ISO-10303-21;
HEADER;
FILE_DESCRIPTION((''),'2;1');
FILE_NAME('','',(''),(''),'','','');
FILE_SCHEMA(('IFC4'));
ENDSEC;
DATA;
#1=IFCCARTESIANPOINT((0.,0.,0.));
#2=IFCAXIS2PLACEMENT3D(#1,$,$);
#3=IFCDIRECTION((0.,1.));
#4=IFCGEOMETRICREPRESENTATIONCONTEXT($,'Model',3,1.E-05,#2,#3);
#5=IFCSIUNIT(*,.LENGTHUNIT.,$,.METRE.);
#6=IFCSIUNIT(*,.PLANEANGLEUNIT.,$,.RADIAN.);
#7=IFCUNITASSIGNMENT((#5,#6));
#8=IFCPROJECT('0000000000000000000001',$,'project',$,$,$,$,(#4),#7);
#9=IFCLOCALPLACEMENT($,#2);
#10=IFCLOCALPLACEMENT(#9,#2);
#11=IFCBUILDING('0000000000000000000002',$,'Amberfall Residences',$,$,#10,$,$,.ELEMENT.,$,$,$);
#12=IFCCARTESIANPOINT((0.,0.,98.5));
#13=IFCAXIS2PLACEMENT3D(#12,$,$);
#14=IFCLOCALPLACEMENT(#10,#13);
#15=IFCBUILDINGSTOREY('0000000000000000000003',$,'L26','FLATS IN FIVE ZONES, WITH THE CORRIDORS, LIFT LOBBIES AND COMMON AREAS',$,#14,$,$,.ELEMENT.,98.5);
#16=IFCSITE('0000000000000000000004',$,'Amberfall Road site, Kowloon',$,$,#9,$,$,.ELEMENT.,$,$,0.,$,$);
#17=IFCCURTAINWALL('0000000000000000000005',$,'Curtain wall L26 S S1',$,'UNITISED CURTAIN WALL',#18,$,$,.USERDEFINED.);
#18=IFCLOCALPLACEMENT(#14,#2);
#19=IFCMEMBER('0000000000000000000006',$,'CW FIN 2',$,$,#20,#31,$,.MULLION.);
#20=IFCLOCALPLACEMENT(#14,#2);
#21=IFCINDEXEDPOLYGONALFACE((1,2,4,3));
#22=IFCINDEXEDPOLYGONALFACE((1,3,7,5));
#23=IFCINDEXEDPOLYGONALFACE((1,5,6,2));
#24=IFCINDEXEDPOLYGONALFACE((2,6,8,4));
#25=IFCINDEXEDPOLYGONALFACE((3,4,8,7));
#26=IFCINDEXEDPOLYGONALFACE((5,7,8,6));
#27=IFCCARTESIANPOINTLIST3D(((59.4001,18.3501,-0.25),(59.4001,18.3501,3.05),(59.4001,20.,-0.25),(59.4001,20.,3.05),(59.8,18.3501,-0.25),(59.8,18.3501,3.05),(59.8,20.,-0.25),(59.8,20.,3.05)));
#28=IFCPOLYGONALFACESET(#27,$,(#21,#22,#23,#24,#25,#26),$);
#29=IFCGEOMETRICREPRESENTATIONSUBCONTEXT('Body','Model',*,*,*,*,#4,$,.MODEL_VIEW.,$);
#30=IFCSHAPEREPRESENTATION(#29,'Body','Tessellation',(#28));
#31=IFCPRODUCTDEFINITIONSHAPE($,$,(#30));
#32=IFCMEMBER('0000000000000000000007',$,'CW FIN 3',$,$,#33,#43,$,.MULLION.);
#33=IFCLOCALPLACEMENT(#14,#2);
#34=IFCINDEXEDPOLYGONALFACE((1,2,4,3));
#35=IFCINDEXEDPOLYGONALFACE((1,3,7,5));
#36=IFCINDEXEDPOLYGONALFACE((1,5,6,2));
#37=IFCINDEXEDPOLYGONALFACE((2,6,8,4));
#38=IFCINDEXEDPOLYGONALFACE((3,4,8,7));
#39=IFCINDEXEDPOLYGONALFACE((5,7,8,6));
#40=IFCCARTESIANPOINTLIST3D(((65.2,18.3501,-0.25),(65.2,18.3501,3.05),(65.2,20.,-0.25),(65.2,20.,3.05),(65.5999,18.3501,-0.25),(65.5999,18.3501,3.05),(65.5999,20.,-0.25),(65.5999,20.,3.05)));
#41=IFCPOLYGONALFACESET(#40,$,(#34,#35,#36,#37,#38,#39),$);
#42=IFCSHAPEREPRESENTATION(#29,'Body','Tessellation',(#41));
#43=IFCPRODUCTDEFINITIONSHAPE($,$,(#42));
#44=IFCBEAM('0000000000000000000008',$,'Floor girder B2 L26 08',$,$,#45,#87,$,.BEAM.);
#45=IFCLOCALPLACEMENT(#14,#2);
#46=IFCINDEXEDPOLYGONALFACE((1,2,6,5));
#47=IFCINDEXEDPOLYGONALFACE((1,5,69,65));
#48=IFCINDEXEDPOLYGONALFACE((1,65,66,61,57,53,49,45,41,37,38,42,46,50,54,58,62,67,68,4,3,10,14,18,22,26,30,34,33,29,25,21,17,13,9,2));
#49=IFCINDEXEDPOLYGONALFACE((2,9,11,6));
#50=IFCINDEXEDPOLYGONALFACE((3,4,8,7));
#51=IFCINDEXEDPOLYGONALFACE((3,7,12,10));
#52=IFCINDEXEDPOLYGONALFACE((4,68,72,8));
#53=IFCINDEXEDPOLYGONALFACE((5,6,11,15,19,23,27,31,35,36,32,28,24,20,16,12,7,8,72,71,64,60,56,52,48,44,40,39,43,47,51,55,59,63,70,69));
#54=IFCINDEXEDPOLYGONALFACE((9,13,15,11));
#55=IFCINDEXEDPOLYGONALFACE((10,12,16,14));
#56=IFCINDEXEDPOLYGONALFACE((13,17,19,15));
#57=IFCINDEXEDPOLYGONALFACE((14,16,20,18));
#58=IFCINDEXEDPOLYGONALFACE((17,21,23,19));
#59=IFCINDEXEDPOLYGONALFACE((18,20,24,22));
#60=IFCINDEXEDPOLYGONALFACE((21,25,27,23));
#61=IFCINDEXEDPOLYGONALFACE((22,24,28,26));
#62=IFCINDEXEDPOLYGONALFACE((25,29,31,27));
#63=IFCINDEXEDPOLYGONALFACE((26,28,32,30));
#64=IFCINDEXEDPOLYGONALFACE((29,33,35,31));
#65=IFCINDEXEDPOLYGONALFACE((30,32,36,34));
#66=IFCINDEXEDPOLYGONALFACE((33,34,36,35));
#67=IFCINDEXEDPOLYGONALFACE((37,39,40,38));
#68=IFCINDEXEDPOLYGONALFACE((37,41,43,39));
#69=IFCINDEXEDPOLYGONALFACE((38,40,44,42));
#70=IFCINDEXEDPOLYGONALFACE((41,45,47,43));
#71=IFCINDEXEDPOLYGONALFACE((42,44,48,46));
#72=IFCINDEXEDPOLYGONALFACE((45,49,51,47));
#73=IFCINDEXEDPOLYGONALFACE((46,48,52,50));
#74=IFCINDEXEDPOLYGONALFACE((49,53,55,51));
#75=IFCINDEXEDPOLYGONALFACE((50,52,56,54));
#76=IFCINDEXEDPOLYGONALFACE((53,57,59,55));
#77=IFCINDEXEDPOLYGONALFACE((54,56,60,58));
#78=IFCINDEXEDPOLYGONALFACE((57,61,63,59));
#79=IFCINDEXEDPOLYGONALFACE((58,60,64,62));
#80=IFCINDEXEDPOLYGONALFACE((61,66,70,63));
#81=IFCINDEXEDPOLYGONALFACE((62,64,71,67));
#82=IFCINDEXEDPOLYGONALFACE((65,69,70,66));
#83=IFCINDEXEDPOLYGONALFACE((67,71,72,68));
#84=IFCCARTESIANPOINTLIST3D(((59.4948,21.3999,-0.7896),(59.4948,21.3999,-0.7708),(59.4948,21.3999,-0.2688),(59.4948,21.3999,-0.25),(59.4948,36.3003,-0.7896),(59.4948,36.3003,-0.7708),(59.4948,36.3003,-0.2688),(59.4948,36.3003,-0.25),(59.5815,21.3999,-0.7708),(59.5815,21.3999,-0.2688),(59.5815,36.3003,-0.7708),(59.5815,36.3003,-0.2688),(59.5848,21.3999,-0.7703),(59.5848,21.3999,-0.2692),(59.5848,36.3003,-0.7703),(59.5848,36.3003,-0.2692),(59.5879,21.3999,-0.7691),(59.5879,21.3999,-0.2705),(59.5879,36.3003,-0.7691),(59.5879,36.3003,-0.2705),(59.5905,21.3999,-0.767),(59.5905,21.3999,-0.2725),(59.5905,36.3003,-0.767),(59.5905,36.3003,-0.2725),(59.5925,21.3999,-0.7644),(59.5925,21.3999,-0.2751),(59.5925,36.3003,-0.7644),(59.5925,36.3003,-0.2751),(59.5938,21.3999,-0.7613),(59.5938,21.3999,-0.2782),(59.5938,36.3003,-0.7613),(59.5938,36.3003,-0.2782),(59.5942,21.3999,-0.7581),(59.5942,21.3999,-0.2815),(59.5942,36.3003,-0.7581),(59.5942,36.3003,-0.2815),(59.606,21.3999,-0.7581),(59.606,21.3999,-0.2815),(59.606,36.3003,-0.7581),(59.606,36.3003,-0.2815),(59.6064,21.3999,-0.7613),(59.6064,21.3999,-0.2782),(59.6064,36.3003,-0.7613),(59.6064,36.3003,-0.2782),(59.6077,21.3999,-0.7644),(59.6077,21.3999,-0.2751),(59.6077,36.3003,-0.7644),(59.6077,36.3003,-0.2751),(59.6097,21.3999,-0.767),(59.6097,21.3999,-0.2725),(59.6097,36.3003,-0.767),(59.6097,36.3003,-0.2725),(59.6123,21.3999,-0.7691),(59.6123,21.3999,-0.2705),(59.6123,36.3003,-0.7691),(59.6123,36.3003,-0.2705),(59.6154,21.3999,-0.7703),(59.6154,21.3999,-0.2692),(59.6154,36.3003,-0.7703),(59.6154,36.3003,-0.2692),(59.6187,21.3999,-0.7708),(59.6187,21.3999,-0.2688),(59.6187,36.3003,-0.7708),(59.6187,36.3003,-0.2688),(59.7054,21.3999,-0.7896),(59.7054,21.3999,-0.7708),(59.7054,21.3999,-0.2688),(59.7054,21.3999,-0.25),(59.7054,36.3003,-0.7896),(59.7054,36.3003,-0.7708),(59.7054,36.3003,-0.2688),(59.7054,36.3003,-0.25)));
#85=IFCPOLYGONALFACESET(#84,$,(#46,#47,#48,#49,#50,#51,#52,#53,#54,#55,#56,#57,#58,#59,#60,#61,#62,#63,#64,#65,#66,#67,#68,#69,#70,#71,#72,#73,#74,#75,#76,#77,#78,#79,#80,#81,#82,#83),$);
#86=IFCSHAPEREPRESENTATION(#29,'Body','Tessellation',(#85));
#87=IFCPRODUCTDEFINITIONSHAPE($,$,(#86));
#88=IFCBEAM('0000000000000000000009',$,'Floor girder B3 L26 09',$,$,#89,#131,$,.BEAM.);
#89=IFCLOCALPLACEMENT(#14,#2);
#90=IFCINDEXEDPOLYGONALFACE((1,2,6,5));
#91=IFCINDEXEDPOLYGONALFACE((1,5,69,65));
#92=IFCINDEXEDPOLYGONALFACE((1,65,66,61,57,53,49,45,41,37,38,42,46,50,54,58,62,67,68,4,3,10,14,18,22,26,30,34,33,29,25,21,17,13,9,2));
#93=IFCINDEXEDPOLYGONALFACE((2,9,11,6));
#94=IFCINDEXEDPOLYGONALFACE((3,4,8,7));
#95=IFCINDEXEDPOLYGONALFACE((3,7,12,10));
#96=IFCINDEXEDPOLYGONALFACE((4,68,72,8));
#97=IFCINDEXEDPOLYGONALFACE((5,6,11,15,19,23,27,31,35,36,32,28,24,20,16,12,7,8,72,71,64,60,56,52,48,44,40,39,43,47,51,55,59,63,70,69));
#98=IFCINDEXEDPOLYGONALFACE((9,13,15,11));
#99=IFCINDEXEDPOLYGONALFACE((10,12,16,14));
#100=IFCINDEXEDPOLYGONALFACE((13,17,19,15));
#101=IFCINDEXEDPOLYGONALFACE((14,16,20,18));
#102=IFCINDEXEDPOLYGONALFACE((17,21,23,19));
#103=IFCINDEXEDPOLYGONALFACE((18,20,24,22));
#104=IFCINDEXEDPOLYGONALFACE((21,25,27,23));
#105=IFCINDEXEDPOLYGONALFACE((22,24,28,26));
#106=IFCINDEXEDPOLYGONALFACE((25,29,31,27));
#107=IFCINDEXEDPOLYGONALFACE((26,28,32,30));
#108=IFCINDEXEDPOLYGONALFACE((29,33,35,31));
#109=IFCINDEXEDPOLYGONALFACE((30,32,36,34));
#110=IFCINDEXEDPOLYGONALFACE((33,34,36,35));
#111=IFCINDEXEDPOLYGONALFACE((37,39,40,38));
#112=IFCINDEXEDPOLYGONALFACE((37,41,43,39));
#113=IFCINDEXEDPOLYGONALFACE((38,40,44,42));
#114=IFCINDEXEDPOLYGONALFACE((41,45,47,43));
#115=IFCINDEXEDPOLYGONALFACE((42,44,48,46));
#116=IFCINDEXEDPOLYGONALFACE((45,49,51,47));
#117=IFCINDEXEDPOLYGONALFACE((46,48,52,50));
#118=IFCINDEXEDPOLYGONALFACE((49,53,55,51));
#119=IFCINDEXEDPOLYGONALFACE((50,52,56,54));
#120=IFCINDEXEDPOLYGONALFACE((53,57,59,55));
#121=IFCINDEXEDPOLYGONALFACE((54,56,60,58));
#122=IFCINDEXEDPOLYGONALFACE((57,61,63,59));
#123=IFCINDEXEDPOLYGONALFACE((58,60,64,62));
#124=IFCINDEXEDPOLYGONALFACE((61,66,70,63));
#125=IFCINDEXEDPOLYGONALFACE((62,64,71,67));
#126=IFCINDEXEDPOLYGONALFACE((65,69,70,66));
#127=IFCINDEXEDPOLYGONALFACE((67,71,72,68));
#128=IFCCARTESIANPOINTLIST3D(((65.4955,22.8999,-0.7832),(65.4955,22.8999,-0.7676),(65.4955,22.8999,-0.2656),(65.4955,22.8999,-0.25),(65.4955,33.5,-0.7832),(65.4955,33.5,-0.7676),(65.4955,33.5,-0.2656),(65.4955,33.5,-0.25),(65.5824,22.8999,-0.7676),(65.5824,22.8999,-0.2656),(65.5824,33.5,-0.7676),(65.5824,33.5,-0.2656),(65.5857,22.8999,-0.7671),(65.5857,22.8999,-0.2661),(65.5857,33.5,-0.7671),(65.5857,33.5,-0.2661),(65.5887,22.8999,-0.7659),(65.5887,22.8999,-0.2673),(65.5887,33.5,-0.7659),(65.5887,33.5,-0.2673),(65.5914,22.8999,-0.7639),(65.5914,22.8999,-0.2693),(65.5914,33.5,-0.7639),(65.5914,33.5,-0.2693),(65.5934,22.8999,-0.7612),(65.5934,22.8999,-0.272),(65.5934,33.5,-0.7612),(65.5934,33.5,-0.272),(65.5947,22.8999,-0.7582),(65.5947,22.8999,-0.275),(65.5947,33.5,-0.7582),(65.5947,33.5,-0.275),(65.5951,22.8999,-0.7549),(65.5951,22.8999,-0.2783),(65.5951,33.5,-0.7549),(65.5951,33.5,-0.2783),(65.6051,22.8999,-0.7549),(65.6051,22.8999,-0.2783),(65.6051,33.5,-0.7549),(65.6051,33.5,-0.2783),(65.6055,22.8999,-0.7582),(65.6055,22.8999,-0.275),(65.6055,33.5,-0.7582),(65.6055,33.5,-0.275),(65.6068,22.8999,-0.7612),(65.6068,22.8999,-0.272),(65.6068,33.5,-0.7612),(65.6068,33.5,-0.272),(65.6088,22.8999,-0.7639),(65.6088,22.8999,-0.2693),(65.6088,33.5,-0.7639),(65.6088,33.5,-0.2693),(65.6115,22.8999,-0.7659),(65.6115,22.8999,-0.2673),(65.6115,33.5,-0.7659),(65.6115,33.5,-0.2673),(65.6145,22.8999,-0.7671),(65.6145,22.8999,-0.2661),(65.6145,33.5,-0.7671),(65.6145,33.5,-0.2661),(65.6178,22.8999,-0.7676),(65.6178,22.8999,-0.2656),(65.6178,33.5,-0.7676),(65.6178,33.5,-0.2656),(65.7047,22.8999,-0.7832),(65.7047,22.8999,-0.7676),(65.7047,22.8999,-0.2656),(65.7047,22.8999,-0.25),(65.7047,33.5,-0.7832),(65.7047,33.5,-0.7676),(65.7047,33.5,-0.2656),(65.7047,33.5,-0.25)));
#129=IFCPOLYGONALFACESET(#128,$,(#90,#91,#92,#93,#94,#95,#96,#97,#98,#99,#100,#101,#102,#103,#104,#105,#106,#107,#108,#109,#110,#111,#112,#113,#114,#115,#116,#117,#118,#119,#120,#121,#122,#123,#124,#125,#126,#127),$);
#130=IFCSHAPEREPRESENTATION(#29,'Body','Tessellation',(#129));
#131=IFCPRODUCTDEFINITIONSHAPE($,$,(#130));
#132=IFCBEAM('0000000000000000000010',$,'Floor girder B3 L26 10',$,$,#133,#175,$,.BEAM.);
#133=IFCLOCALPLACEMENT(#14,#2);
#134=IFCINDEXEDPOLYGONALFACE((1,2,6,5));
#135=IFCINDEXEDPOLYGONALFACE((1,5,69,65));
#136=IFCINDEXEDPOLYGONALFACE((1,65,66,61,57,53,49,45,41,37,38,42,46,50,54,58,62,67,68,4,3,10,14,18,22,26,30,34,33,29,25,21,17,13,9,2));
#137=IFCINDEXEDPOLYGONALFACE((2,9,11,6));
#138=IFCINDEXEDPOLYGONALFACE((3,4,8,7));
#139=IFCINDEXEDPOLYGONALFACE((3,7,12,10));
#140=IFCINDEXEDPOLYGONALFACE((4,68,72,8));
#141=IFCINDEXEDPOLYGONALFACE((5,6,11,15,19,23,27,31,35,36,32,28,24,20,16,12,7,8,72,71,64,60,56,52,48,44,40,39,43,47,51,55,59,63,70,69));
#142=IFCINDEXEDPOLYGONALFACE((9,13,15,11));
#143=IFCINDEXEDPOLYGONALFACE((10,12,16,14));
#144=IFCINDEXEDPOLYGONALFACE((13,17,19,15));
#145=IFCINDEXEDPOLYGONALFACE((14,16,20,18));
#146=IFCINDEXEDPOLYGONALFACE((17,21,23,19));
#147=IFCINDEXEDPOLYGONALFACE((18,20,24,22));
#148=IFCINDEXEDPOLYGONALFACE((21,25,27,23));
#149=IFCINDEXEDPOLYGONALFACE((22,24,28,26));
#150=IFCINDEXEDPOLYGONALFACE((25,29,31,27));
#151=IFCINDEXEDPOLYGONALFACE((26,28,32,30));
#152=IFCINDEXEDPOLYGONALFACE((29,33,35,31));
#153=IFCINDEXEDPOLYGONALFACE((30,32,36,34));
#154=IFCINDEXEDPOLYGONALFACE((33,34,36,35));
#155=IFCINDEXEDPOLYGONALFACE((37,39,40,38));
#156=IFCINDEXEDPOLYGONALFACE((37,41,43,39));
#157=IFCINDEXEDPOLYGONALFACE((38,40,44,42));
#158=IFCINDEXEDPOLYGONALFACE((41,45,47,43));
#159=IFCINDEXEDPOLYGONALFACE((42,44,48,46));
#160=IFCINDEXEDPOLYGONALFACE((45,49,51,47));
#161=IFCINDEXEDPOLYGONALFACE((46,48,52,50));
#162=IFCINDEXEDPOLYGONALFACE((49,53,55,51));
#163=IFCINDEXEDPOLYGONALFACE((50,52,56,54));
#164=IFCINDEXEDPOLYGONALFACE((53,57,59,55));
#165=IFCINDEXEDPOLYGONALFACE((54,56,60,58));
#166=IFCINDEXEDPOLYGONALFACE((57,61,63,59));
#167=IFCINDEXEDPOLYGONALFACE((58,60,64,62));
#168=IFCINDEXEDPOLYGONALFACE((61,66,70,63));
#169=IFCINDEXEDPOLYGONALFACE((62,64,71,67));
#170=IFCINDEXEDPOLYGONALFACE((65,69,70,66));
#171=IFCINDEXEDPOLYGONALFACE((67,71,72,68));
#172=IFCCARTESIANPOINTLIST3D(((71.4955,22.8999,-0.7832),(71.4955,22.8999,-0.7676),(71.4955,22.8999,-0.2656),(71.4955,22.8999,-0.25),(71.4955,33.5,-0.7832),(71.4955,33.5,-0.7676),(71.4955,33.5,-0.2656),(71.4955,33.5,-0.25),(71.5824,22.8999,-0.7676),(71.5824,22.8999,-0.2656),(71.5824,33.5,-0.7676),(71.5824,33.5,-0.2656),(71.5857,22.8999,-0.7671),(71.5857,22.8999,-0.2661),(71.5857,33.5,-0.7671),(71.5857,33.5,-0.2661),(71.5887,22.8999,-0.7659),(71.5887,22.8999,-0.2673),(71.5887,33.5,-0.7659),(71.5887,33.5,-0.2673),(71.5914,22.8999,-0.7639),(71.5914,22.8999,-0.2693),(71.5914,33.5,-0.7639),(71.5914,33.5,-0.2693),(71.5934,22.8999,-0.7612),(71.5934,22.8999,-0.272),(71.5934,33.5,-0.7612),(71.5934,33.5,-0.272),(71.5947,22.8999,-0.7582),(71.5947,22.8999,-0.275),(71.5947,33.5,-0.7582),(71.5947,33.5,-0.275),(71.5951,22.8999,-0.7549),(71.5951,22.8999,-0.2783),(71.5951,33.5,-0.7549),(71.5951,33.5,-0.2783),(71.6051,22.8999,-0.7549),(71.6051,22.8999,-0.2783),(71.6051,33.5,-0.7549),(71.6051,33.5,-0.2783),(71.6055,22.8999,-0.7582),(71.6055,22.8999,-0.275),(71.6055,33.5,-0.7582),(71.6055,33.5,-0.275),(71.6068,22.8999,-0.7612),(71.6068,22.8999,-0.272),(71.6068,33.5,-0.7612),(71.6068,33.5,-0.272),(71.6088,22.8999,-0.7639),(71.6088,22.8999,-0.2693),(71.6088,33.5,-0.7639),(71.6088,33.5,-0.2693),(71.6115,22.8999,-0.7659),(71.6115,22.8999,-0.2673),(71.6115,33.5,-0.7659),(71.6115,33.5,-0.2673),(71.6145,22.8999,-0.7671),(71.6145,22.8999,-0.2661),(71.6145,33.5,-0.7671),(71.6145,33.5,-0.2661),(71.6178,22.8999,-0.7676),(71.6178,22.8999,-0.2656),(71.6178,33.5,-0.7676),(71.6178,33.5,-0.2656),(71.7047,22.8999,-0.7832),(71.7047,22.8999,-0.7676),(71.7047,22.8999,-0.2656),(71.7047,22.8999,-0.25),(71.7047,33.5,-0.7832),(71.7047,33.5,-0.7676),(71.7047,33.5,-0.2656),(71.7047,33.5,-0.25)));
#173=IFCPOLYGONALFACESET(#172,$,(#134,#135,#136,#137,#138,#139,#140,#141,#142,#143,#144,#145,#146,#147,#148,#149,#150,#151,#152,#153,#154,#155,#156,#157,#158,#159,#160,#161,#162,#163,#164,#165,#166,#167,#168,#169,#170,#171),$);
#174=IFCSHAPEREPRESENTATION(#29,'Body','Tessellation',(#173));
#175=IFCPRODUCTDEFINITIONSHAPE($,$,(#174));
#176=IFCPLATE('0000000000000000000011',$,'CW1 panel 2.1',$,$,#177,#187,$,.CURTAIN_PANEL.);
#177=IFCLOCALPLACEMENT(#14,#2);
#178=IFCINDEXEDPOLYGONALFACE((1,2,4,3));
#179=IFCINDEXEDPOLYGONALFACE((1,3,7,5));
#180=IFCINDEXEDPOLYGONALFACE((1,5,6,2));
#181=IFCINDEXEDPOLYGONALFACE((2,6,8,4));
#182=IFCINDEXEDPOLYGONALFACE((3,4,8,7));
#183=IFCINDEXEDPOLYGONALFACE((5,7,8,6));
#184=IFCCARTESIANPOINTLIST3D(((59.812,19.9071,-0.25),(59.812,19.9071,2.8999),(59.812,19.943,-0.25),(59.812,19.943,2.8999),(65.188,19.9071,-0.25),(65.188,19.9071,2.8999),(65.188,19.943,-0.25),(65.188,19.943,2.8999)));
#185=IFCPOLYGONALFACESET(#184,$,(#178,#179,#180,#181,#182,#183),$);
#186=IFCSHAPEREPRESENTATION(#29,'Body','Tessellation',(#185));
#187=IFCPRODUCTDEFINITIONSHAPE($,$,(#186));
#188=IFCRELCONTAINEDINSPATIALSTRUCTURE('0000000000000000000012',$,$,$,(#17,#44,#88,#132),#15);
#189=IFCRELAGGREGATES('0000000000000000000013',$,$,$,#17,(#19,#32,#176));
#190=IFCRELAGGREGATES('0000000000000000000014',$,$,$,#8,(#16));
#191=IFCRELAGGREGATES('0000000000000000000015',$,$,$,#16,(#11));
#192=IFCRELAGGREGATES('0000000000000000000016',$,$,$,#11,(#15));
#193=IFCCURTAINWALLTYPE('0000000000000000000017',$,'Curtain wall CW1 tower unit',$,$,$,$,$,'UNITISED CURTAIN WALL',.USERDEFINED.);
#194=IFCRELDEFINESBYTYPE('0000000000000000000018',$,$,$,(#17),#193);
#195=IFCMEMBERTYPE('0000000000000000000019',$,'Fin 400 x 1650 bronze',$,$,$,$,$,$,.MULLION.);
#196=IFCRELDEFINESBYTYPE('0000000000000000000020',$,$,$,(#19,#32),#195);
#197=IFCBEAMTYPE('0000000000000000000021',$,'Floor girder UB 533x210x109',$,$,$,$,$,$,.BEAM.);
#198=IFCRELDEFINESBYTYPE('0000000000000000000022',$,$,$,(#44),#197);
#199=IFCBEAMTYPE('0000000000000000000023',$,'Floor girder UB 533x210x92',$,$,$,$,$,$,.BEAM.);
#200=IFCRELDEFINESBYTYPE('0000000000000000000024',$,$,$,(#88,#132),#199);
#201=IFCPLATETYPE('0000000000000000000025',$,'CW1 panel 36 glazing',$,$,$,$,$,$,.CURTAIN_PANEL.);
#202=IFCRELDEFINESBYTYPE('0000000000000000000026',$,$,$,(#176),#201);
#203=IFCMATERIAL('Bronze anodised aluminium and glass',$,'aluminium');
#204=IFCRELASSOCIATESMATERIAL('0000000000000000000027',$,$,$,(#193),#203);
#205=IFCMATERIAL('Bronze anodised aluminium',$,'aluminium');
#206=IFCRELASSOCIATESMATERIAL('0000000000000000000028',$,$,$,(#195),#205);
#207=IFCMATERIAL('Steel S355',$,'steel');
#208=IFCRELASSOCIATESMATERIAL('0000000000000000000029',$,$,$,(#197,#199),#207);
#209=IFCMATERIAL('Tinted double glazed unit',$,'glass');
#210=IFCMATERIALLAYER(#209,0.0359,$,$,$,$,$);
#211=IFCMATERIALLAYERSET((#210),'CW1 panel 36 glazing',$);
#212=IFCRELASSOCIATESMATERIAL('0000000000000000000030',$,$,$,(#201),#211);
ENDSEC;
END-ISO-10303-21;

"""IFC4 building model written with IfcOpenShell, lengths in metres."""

from ifc_helpers import new_model, si_unit, direction, frame, origin, origin_2d, place, context, subcontext, project, spatial, rectangle, i_section, extrude, material, layer, layer_set, material_profile, profile_set, type_object, element, aggregate, save


model = new_model("IFC4")

# Units and contexts
model_context = context("Model", 3, precision=1e-05, world=origin(), true_north=direction((0.0, 1.0)))
body_context = subcontext(model_context, "Body", "Model", "MODEL_VIEW")
ifc_project = project(units=[si_unit("LENGTHUNIT", "METRE"), si_unit("PLANEANGLEUNIT", "RADIAN")], contexts=[model_context])

# Site, building, storey
site_placement = place(None, origin())
site = spatial("IfcSite", under=ifc_project, at=site_placement, Name="Amberfall Road site, Kowloon", CompositionType="ELEMENT", RefElevation=0.0)
building_placement = place(site_placement, origin())
building = spatial("IfcBuilding", under=site, at=building_placement, Name="Amberfall Residences", CompositionType="ELEMENT")
storey_placement = place(building_placement, frame((0.0, 0.0, 98.5)))
storey = spatial("IfcBuildingStorey", under=building, at=storey_placement, Name="L26", Description="FLATS IN FIVE ZONES, WITH THE CORRIDORS, LIFT LOBBIES AND COMMON AREAS", CompositionType="ELEMENT", Elevation=98.5)

# Curtain wall
ifc_material_1 = material(Name="Bronze anodised aluminium and glass", Category="aluminium")
curtain_wall_type = type_object("IfcCurtainWallType", Name="Curtain wall CW1 tower unit", ElementType="UNITISED CURTAIN WALL", PredefinedType="USERDEFINED", material=ifc_material_1)
curtain_wall_placement = place(storey_placement, origin())
curtain_wall = element("IfcCurtainWall", 1, at=curtain_wall_placement, inside=storey, type_object=curtain_wall_type, Name="Curtain wall L26 S S1", ObjectType="UNITISED CURTAIN WALL", PredefinedType="USERDEFINED")
ifc_material_2 = material(Name="Bronze anodised aluminium", Category="aluminium")

# Shared definitions
ifc_material_3 = material(Name="Steel S355", Category="steel")

# Members
ifc_material_profile_1 = material_profile(ifc_material_2, rectangle(XDim=1.6499, YDim=0.3999, at=origin_2d()), Name="Fin 400 x 1650 bronze")
ifc_profile_set_1 = profile_set([ifc_material_profile_1], Name="Bronze anodised aluminium")
member_type_1 = type_object("IfcMemberType", Name="Fin 400 x 1650 bronze", PredefinedType="MULLION", material=ifc_profile_set_1)
member_1_placement = place(storey_placement, frame((59.6001, 19.175, -0.25), z_axis=(0.0, 0.0, 1.0), x_axis=(0.0, 1.0, 0.0)))
member_1 = element("IfcMember", 2, at=member_1_placement, type_object=member_type_1, Name="CW FIN 2", PredefinedType="MULLION", context=body_context, shape_type="SweptSolid", body=[
    extrude(rectangle(XDim=1.6499, YDim=0.3999, at=origin_2d()), origin(), (0.0, 0.0, 1.0), 3.3),
])
member_2_placement = place(storey_placement, frame((65.3999, 19.175, -0.25), z_axis=(0.0, 0.0, 1.0), x_axis=(0.0, 1.0, 0.0)))
member_2 = element("IfcMember", 3, at=member_2_placement, type_object=member_type_1, Name="CW FIN 3", PredefinedType="MULLION", context=body_context, shape_type="SweptSolid", body=[
    extrude(rectangle(XDim=1.6499, YDim=0.3999, at=origin_2d()), origin(), (0.0, 0.0, 1.0), 3.3),
])

# Beams
ifc_material_profile_2 = material_profile(ifc_material_3, i_section(OverallWidth=0.2107, OverallDepth=0.5396, WebThickness=0.0117, FlangeThickness=0.0188, FilletRadius=0.0127, at=origin_2d()), Name="UB 533x210x109")
ifc_profile_set_2 = profile_set([ifc_material_profile_2], Name="Steel S355")
beam_type_1 = type_object("IfcBeamType", Name="Floor girder UB 533x210x109", PredefinedType="BEAM", material=ifc_profile_set_2)
beam_1_placement = place(storey_placement, frame((59.6001, 21.3999, -0.5198), z_axis=(0.0, 1.0, 0.0), x_axis=(-1.0, 0.0, 0.0)))
element("IfcBeam", 4, at=beam_1_placement, inside=storey, type_object=beam_type_1, Name="Floor girder B2 L26 08", PredefinedType="BEAM", context=body_context, shape_type="SweptSolid", body=[
    extrude(i_section(OverallWidth=0.2107, OverallDepth=0.5396, WebThickness=0.0117, FlangeThickness=0.0188, FilletRadius=0.0127, at=origin_2d()), origin(), (0.0, 0.0, 1.0), 14.9004),
])
ifc_material_profile_3 = material_profile(ifc_material_3, i_section(OverallWidth=0.2092, OverallDepth=0.5332, WebThickness=0.01, FlangeThickness=0.0156, FilletRadius=0.0127, at=origin_2d()), Name="UB 533x210x92")
ifc_profile_set_3 = profile_set([ifc_material_profile_3], Name="Steel S355")
beam_type_2 = type_object("IfcBeamType", Name="Floor girder UB 533x210x92", PredefinedType="BEAM", material=ifc_profile_set_3)
for number, where, z_axis, x_axis, name in (
    (5, (65.6001, 22.8999, -0.5166), (0.0, 1.0, 0.0), (-1.0, 0.0, 0.0), "Floor girder B3 L26 09"),
    (6, (71.6001, 22.8999, -0.5166), (0.0, 1.0, 0.0), (-1.0, 0.0, 0.0), "Floor girder B3 L26 10"),
):
    element("IfcBeam", number, at=place(storey_placement, frame(where, z_axis=z_axis, x_axis=x_axis)), inside=storey, type_object=beam_type_2, Name=name, PredefinedType="BEAM", context=body_context, shape_type="SweptSolid", body=[
        extrude(i_section(OverallWidth=0.2092, OverallDepth=0.5332, WebThickness=0.01, FlangeThickness=0.0156, FilletRadius=0.0127, at=origin_2d()), origin(), (0.0, 0.0, 1.0), 10.6001),
    ])

# Plate
ifc_material_4 = material(Name="Tinted double glazed unit", Category="glass")
ifc_layer_1 = layer(ifc_material_4, 0.0359)
ifc_layer_set_1 = layer_set([ifc_layer_1], Name="CW1 panel 36 glazing")
plate_type = type_object("IfcPlateType", Name="CW1 panel 36 glazing", PredefinedType="CURTAIN_PANEL", material=ifc_layer_set_1)
plate_placement = place(storey_placement, frame((62.5, 19.925, -0.25), z_axis=(0.0, 0.0, 1.0), x_axis=(1.0, 0.0, 0.0)))
plate = element("IfcPlate", 7, at=plate_placement, type_object=plate_type, Name="CW1 panel 2.1", PredefinedType="CURTAIN_PANEL", context=body_context, shape_type="SweptSolid", body=[
    extrude(rectangle(XDim=5.376, YDim=0.0359, at=origin_2d()), origin(), (0.0, 0.0, 1.0), 3.1499),
])
aggregate(curtain_wall, [member_1, member_2, plate])

save(model, "model.ifc")
